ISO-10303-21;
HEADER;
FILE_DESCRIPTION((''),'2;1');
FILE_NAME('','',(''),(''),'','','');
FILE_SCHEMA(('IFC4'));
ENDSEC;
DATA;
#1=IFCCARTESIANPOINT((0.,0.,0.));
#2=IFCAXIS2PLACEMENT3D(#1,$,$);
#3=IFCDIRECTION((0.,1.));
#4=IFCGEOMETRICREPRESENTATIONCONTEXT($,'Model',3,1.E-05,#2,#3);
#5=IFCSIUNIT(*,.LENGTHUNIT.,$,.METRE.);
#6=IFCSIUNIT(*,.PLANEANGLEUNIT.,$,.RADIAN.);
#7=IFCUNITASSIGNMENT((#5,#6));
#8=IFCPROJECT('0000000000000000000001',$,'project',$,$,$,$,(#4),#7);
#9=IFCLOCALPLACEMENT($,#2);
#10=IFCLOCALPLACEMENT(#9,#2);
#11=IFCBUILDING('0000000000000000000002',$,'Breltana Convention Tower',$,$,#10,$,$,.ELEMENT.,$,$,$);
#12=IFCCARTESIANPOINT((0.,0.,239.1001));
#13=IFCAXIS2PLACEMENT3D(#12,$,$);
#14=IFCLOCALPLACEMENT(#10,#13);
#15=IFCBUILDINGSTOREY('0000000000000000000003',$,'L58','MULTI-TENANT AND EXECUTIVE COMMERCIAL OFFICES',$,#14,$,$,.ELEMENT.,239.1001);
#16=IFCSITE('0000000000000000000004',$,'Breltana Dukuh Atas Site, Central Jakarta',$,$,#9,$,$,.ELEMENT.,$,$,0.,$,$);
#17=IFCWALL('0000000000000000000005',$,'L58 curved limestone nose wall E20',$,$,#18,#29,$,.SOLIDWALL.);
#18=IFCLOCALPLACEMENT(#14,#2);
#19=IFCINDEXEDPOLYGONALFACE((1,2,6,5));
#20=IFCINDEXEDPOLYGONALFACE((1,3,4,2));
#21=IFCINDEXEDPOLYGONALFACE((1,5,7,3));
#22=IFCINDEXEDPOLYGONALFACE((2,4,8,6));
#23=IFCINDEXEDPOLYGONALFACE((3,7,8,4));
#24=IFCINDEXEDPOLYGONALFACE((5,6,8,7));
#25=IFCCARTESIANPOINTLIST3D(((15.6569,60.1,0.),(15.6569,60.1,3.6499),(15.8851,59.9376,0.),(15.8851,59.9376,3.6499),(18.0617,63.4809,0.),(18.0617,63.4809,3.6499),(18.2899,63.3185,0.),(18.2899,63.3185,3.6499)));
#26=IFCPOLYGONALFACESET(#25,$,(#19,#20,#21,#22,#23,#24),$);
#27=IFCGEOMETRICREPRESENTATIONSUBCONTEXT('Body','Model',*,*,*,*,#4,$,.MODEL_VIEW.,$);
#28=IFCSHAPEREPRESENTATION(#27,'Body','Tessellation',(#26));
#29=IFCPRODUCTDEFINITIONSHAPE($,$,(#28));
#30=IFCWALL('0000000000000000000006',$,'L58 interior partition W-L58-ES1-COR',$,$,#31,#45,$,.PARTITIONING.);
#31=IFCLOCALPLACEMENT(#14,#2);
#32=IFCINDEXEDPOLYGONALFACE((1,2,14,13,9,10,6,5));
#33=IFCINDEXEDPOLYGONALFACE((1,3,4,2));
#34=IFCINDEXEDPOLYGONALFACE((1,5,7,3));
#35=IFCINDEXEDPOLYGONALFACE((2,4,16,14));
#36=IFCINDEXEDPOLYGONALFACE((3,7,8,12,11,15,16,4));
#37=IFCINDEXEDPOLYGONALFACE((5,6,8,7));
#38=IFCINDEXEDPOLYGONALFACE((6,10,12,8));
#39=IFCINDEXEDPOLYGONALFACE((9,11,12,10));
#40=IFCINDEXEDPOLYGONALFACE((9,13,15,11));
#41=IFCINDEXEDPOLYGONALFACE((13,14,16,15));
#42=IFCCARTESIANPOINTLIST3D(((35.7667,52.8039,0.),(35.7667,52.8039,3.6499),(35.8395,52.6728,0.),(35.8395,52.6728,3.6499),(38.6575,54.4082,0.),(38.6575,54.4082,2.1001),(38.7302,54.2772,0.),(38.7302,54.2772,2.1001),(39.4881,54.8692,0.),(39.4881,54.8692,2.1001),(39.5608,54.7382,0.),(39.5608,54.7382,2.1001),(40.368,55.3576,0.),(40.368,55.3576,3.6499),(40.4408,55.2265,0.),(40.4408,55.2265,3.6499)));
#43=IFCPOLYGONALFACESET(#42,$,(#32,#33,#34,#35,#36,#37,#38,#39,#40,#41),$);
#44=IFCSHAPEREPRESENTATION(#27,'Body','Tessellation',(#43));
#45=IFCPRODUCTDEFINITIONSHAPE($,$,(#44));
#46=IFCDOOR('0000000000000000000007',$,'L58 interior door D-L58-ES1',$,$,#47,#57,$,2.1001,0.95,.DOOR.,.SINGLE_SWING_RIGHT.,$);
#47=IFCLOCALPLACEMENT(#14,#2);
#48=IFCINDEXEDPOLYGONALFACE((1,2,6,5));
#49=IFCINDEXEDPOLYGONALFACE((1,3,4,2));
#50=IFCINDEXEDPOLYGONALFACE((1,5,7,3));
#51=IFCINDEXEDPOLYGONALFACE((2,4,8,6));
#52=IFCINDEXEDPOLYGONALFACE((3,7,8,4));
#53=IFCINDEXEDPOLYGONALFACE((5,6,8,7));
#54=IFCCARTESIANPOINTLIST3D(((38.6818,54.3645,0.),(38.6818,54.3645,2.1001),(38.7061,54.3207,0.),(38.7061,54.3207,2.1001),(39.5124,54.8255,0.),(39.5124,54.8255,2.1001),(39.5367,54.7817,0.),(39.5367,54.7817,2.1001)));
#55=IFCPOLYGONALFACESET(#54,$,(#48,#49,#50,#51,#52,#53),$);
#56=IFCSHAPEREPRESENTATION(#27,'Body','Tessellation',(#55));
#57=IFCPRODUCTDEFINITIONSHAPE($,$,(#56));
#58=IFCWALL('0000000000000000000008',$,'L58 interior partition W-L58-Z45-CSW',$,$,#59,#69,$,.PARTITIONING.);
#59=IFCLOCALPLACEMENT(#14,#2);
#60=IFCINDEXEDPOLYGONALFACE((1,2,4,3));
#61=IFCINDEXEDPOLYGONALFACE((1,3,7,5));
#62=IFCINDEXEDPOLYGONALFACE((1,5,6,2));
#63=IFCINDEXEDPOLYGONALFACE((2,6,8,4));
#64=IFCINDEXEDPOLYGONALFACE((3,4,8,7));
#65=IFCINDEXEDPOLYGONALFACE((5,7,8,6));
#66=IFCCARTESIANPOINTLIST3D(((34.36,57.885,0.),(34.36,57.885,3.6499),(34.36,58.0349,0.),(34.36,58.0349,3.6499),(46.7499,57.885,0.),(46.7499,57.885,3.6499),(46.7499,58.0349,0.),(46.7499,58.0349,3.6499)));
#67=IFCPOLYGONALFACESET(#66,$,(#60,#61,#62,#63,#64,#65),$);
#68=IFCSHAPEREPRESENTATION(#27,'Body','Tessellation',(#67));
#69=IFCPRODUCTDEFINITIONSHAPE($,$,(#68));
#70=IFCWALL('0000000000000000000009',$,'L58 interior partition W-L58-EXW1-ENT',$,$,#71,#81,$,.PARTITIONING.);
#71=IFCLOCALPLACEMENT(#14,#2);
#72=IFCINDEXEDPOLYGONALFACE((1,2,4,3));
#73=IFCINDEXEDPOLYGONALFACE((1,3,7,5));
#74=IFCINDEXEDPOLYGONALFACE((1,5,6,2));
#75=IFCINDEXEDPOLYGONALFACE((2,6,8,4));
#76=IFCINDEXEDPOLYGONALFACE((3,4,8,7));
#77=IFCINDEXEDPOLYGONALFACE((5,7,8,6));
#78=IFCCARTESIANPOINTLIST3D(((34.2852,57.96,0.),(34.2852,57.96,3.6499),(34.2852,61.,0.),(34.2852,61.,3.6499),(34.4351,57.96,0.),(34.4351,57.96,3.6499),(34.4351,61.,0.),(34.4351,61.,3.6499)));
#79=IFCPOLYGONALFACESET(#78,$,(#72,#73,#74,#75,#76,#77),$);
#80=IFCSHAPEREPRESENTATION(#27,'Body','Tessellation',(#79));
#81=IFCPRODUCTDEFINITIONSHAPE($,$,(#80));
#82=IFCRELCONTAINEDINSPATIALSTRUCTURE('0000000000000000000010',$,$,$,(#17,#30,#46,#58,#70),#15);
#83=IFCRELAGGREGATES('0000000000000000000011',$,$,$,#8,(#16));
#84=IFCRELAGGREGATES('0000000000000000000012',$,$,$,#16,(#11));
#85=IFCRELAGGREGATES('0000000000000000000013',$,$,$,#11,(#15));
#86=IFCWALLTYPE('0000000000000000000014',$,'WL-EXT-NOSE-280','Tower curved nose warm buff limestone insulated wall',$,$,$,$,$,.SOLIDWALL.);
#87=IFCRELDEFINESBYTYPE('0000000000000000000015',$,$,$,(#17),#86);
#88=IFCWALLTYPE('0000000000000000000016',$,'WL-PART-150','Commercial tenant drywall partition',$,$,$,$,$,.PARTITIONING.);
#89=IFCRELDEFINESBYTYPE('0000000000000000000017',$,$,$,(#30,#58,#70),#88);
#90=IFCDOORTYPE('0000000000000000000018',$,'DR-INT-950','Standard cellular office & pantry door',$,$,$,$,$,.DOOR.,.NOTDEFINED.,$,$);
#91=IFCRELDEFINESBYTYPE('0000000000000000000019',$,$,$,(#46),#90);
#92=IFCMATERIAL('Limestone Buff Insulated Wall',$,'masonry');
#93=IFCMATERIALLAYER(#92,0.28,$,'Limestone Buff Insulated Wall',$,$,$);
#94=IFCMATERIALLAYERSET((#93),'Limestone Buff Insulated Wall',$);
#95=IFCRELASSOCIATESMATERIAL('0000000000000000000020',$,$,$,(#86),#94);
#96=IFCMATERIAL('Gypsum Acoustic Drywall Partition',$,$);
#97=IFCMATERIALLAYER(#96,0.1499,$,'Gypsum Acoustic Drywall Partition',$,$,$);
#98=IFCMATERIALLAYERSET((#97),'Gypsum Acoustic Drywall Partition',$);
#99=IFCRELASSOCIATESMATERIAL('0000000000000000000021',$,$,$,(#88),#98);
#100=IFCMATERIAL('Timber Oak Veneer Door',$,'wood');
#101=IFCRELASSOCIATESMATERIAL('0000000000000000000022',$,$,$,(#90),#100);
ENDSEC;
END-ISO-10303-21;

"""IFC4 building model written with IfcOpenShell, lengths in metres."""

from ifc_helpers import new_model, si_unit, direction, frame, frame_2d, origin, place, context, subcontext, project, spatial, rectangle, extrude, source, transform, mapped, material, layer, layer_set, type_object, type_shapes, element, fill, save


model = new_model("IFC4")

# Units and contexts
model_context = context("Model", 3, precision=1e-05, world=origin(), true_north=direction((0.0, 1.0)))
body_context = subcontext(model_context, "Body", "Model", "MODEL_VIEW")
ifc_project = project(units=[si_unit("LENGTHUNIT", "METRE"), si_unit("PLANEANGLEUNIT", "RADIAN")], contexts=[model_context])

# Site, building, storey
site_placement = place(None, origin())
site = spatial("IfcSite", under=ifc_project, at=site_placement, Name="Breltana Dukuh Atas Site, Central Jakarta", CompositionType="ELEMENT", RefElevation=0.0)
building_placement = place(site_placement, origin())
building = spatial("IfcBuilding", under=site, at=building_placement, Name="Breltana Convention Tower", CompositionType="ELEMENT")
storey_placement = place(building_placement, frame((0.0, 0.0, 239.1001)))
storey = spatial("IfcBuildingStorey", under=building, at=storey_placement, Name="L58", Description="MULTI-TENANT AND EXECUTIVE COMMERCIAL OFFICES", CompositionType="ELEMENT", Elevation=239.1001)

# Shared definitions
ifc_material_1 = material(Name="Limestone Buff Insulated Wall", Category="masonry")
ifc_layer_1 = layer(ifc_material_1, 0.28, Name="Limestone Buff Insulated Wall")
ifc_layer_set_1 = layer_set([ifc_layer_1], Name="Limestone Buff Insulated Wall")
wall_type_1 = type_object("IfcWallType", Name="WL-EXT-NOSE-280", Description="Tower curved nose warm buff limestone insulated wall", PredefinedType="SOLIDWALL", material=ifc_layer_set_1)

# Wall
shared_shape_1 = source(origin(), body_context, "Body", "SweptSolid", [
    extrude(rectangle(XDim=4.1489, YDim=0.28, at=frame_2d((2.0745, 0.0))), origin(), (0.0, 0.0, 1.0), 3.6499),
])
wall_1_placement = place(storey_placement, frame((15.771, 60.0188, 0.0), z_axis=(0.0, 0.0, 1.0), x_axis=(0.579623, 0.814885, 0.0)))
element("IfcWall", 1, at=wall_1_placement, inside=storey, type_object=wall_type_1, Name="L58 curved limestone nose wall E20", PredefinedType="SOLIDWALL", context=body_context, shape_type="MappedRepresentation", body=[
    mapped(shared_shape_1, transform((0.0, 0.0, 0.0), scale=1.0)),
])

# Wall, opening, door
ifc_material_2 = material(Name="Gypsum Acoustic Drywall Partition")
ifc_layer_2 = layer(ifc_material_2, 0.1499, Name="Gypsum Acoustic Drywall Partition")
ifc_layer_set_2 = layer_set([ifc_layer_2], Name="Gypsum Acoustic Drywall Partition")
wall_type_2 = type_object("IfcWallType", Name="WL-PART-150", Description="Commercial tenant drywall partition", PredefinedType="PARTITIONING", material=ifc_layer_set_2)
shared_shape_2 = source(origin(), body_context, "Body", "SweptSolid", [
    extrude(rectangle(XDim=5.2625, YDim=0.1499, at=frame_2d((2.6313, 0.0))), origin(), (0.0, 0.0, 1.0), 3.6499),
])
wall_2_placement = place(storey_placement, frame((35.803, 52.7383, 0.0), z_axis=(0.0, 0.0, 1.0), x_axis=(0.874365, 0.485269, 0.0)))
wall_2 = element("IfcWall", 2, at=wall_2_placement, inside=storey, type_object=wall_type_2, Name="L58 interior partition W-L58-ES1-COR", PredefinedType="PARTITIONING", context=body_context, shape_type="MappedRepresentation", body=[
    mapped(shared_shape_2, transform((0.0, 0.0, 0.0), scale=1.0)),
])
opening_1_placement = place(wall_2_placement, frame((3.3062, 0.0, 0.0)))
opening_1 = element("IfcOpeningElement", 3, at=opening_1_placement, cuts=wall_2, PredefinedType="OPENING", context=body_context, shape_type="SweptSolid", body=[
    extrude(rectangle(XDim=0.95, YDim=2.1001, at=frame_2d((0.4751, 1.05))), frame((0.0, 0.085, 0.0), z_axis=(0.0, -1.0, 0.0), x_axis=(1.0, 0.0, 0.0)), (0.0, 0.0, 1.0), 0.1699),
])
ifc_material_3 = material(Name="Timber Oak Veneer Door", Category="wood")
door_type = type_object("IfcDoorType", Name="DR-INT-950", Description="Standard cellular office & pantry door", OperationType="NOTDEFINED", PredefinedType="DOOR", material=ifc_material_3)
shared_shape_3 = source(origin(), body_context, "Body", "SweptSolid", [
    extrude(rectangle(XDim=0.95, YDim=2.1001, at=frame_2d((0.4751, 1.05))), frame((0.0, 0.0249, 0.0), z_axis=(0.0, -1.0, 0.0), x_axis=(1.0, 0.0, 0.0)), (0.0, 0.0, 1.0), 0.05),
])
type_shapes(door_type, [shared_shape_3])
door_placement = place(opening_1_placement, origin())
door = element("IfcDoor", 4, at=door_placement, inside=storey, type_object=door_type, Name="L58 interior door D-L58-ES1", OperationType="SINGLE_SWING_RIGHT", OverallHeight=2.1001, OverallWidth=0.95, PredefinedType="DOOR", context=body_context, shape_type="MappedRepresentation", body=[
    mapped(shared_shape_3, transform((0.0, 0.0, 0.0), scale=1.0)),
])
fill(opening_1, door)

# Walls
shared_shape_4 = source(origin(), body_context, "Body", "SweptSolid", [
    extrude(rectangle(XDim=12.3899, YDim=0.1499, at=frame_2d((6.1948, 0.0))), origin(), (0.0, 0.0, 1.0), 3.6499),
])
wall_3_placement = place(storey_placement, frame((34.3601, 57.96, 0.0), z_axis=(0.0, 0.0, 1.0), x_axis=(1.0, 0.0, 0.0)))
element("IfcWall", 5, at=wall_3_placement, inside=storey, type_object=wall_type_2, Name="L58 interior partition W-L58-Z45-CSW", PredefinedType="PARTITIONING", context=body_context, shape_type="MappedRepresentation", body=[
    mapped(shared_shape_4, transform((0.0, 0.0, 0.0), scale=1.0)),
])
shared_shape_5 = source(origin(), body_context, "Body", "SweptSolid", [
    extrude(rectangle(XDim=3.04, YDim=0.1499, at=frame_2d((1.52, 0.0))), origin(), (0.0, 0.0, 1.0), 3.6499),
])
wall_4_placement = place(storey_placement, frame((34.3601, 57.96, 0.0), z_axis=(0.0, 0.0, 1.0), x_axis=(0.0, 1.0, 0.0)))
element("IfcWall", 6, at=wall_4_placement, inside=storey, type_object=wall_type_2, Name="L58 interior partition W-L58-EXW1-ENT", PredefinedType="PARTITIONING", context=body_context, shape_type="MappedRepresentation", body=[
    mapped(shared_shape_5, transform((0.0, 0.0, 0.0), scale=1.0)),
])

save(model, "model.ifc")
